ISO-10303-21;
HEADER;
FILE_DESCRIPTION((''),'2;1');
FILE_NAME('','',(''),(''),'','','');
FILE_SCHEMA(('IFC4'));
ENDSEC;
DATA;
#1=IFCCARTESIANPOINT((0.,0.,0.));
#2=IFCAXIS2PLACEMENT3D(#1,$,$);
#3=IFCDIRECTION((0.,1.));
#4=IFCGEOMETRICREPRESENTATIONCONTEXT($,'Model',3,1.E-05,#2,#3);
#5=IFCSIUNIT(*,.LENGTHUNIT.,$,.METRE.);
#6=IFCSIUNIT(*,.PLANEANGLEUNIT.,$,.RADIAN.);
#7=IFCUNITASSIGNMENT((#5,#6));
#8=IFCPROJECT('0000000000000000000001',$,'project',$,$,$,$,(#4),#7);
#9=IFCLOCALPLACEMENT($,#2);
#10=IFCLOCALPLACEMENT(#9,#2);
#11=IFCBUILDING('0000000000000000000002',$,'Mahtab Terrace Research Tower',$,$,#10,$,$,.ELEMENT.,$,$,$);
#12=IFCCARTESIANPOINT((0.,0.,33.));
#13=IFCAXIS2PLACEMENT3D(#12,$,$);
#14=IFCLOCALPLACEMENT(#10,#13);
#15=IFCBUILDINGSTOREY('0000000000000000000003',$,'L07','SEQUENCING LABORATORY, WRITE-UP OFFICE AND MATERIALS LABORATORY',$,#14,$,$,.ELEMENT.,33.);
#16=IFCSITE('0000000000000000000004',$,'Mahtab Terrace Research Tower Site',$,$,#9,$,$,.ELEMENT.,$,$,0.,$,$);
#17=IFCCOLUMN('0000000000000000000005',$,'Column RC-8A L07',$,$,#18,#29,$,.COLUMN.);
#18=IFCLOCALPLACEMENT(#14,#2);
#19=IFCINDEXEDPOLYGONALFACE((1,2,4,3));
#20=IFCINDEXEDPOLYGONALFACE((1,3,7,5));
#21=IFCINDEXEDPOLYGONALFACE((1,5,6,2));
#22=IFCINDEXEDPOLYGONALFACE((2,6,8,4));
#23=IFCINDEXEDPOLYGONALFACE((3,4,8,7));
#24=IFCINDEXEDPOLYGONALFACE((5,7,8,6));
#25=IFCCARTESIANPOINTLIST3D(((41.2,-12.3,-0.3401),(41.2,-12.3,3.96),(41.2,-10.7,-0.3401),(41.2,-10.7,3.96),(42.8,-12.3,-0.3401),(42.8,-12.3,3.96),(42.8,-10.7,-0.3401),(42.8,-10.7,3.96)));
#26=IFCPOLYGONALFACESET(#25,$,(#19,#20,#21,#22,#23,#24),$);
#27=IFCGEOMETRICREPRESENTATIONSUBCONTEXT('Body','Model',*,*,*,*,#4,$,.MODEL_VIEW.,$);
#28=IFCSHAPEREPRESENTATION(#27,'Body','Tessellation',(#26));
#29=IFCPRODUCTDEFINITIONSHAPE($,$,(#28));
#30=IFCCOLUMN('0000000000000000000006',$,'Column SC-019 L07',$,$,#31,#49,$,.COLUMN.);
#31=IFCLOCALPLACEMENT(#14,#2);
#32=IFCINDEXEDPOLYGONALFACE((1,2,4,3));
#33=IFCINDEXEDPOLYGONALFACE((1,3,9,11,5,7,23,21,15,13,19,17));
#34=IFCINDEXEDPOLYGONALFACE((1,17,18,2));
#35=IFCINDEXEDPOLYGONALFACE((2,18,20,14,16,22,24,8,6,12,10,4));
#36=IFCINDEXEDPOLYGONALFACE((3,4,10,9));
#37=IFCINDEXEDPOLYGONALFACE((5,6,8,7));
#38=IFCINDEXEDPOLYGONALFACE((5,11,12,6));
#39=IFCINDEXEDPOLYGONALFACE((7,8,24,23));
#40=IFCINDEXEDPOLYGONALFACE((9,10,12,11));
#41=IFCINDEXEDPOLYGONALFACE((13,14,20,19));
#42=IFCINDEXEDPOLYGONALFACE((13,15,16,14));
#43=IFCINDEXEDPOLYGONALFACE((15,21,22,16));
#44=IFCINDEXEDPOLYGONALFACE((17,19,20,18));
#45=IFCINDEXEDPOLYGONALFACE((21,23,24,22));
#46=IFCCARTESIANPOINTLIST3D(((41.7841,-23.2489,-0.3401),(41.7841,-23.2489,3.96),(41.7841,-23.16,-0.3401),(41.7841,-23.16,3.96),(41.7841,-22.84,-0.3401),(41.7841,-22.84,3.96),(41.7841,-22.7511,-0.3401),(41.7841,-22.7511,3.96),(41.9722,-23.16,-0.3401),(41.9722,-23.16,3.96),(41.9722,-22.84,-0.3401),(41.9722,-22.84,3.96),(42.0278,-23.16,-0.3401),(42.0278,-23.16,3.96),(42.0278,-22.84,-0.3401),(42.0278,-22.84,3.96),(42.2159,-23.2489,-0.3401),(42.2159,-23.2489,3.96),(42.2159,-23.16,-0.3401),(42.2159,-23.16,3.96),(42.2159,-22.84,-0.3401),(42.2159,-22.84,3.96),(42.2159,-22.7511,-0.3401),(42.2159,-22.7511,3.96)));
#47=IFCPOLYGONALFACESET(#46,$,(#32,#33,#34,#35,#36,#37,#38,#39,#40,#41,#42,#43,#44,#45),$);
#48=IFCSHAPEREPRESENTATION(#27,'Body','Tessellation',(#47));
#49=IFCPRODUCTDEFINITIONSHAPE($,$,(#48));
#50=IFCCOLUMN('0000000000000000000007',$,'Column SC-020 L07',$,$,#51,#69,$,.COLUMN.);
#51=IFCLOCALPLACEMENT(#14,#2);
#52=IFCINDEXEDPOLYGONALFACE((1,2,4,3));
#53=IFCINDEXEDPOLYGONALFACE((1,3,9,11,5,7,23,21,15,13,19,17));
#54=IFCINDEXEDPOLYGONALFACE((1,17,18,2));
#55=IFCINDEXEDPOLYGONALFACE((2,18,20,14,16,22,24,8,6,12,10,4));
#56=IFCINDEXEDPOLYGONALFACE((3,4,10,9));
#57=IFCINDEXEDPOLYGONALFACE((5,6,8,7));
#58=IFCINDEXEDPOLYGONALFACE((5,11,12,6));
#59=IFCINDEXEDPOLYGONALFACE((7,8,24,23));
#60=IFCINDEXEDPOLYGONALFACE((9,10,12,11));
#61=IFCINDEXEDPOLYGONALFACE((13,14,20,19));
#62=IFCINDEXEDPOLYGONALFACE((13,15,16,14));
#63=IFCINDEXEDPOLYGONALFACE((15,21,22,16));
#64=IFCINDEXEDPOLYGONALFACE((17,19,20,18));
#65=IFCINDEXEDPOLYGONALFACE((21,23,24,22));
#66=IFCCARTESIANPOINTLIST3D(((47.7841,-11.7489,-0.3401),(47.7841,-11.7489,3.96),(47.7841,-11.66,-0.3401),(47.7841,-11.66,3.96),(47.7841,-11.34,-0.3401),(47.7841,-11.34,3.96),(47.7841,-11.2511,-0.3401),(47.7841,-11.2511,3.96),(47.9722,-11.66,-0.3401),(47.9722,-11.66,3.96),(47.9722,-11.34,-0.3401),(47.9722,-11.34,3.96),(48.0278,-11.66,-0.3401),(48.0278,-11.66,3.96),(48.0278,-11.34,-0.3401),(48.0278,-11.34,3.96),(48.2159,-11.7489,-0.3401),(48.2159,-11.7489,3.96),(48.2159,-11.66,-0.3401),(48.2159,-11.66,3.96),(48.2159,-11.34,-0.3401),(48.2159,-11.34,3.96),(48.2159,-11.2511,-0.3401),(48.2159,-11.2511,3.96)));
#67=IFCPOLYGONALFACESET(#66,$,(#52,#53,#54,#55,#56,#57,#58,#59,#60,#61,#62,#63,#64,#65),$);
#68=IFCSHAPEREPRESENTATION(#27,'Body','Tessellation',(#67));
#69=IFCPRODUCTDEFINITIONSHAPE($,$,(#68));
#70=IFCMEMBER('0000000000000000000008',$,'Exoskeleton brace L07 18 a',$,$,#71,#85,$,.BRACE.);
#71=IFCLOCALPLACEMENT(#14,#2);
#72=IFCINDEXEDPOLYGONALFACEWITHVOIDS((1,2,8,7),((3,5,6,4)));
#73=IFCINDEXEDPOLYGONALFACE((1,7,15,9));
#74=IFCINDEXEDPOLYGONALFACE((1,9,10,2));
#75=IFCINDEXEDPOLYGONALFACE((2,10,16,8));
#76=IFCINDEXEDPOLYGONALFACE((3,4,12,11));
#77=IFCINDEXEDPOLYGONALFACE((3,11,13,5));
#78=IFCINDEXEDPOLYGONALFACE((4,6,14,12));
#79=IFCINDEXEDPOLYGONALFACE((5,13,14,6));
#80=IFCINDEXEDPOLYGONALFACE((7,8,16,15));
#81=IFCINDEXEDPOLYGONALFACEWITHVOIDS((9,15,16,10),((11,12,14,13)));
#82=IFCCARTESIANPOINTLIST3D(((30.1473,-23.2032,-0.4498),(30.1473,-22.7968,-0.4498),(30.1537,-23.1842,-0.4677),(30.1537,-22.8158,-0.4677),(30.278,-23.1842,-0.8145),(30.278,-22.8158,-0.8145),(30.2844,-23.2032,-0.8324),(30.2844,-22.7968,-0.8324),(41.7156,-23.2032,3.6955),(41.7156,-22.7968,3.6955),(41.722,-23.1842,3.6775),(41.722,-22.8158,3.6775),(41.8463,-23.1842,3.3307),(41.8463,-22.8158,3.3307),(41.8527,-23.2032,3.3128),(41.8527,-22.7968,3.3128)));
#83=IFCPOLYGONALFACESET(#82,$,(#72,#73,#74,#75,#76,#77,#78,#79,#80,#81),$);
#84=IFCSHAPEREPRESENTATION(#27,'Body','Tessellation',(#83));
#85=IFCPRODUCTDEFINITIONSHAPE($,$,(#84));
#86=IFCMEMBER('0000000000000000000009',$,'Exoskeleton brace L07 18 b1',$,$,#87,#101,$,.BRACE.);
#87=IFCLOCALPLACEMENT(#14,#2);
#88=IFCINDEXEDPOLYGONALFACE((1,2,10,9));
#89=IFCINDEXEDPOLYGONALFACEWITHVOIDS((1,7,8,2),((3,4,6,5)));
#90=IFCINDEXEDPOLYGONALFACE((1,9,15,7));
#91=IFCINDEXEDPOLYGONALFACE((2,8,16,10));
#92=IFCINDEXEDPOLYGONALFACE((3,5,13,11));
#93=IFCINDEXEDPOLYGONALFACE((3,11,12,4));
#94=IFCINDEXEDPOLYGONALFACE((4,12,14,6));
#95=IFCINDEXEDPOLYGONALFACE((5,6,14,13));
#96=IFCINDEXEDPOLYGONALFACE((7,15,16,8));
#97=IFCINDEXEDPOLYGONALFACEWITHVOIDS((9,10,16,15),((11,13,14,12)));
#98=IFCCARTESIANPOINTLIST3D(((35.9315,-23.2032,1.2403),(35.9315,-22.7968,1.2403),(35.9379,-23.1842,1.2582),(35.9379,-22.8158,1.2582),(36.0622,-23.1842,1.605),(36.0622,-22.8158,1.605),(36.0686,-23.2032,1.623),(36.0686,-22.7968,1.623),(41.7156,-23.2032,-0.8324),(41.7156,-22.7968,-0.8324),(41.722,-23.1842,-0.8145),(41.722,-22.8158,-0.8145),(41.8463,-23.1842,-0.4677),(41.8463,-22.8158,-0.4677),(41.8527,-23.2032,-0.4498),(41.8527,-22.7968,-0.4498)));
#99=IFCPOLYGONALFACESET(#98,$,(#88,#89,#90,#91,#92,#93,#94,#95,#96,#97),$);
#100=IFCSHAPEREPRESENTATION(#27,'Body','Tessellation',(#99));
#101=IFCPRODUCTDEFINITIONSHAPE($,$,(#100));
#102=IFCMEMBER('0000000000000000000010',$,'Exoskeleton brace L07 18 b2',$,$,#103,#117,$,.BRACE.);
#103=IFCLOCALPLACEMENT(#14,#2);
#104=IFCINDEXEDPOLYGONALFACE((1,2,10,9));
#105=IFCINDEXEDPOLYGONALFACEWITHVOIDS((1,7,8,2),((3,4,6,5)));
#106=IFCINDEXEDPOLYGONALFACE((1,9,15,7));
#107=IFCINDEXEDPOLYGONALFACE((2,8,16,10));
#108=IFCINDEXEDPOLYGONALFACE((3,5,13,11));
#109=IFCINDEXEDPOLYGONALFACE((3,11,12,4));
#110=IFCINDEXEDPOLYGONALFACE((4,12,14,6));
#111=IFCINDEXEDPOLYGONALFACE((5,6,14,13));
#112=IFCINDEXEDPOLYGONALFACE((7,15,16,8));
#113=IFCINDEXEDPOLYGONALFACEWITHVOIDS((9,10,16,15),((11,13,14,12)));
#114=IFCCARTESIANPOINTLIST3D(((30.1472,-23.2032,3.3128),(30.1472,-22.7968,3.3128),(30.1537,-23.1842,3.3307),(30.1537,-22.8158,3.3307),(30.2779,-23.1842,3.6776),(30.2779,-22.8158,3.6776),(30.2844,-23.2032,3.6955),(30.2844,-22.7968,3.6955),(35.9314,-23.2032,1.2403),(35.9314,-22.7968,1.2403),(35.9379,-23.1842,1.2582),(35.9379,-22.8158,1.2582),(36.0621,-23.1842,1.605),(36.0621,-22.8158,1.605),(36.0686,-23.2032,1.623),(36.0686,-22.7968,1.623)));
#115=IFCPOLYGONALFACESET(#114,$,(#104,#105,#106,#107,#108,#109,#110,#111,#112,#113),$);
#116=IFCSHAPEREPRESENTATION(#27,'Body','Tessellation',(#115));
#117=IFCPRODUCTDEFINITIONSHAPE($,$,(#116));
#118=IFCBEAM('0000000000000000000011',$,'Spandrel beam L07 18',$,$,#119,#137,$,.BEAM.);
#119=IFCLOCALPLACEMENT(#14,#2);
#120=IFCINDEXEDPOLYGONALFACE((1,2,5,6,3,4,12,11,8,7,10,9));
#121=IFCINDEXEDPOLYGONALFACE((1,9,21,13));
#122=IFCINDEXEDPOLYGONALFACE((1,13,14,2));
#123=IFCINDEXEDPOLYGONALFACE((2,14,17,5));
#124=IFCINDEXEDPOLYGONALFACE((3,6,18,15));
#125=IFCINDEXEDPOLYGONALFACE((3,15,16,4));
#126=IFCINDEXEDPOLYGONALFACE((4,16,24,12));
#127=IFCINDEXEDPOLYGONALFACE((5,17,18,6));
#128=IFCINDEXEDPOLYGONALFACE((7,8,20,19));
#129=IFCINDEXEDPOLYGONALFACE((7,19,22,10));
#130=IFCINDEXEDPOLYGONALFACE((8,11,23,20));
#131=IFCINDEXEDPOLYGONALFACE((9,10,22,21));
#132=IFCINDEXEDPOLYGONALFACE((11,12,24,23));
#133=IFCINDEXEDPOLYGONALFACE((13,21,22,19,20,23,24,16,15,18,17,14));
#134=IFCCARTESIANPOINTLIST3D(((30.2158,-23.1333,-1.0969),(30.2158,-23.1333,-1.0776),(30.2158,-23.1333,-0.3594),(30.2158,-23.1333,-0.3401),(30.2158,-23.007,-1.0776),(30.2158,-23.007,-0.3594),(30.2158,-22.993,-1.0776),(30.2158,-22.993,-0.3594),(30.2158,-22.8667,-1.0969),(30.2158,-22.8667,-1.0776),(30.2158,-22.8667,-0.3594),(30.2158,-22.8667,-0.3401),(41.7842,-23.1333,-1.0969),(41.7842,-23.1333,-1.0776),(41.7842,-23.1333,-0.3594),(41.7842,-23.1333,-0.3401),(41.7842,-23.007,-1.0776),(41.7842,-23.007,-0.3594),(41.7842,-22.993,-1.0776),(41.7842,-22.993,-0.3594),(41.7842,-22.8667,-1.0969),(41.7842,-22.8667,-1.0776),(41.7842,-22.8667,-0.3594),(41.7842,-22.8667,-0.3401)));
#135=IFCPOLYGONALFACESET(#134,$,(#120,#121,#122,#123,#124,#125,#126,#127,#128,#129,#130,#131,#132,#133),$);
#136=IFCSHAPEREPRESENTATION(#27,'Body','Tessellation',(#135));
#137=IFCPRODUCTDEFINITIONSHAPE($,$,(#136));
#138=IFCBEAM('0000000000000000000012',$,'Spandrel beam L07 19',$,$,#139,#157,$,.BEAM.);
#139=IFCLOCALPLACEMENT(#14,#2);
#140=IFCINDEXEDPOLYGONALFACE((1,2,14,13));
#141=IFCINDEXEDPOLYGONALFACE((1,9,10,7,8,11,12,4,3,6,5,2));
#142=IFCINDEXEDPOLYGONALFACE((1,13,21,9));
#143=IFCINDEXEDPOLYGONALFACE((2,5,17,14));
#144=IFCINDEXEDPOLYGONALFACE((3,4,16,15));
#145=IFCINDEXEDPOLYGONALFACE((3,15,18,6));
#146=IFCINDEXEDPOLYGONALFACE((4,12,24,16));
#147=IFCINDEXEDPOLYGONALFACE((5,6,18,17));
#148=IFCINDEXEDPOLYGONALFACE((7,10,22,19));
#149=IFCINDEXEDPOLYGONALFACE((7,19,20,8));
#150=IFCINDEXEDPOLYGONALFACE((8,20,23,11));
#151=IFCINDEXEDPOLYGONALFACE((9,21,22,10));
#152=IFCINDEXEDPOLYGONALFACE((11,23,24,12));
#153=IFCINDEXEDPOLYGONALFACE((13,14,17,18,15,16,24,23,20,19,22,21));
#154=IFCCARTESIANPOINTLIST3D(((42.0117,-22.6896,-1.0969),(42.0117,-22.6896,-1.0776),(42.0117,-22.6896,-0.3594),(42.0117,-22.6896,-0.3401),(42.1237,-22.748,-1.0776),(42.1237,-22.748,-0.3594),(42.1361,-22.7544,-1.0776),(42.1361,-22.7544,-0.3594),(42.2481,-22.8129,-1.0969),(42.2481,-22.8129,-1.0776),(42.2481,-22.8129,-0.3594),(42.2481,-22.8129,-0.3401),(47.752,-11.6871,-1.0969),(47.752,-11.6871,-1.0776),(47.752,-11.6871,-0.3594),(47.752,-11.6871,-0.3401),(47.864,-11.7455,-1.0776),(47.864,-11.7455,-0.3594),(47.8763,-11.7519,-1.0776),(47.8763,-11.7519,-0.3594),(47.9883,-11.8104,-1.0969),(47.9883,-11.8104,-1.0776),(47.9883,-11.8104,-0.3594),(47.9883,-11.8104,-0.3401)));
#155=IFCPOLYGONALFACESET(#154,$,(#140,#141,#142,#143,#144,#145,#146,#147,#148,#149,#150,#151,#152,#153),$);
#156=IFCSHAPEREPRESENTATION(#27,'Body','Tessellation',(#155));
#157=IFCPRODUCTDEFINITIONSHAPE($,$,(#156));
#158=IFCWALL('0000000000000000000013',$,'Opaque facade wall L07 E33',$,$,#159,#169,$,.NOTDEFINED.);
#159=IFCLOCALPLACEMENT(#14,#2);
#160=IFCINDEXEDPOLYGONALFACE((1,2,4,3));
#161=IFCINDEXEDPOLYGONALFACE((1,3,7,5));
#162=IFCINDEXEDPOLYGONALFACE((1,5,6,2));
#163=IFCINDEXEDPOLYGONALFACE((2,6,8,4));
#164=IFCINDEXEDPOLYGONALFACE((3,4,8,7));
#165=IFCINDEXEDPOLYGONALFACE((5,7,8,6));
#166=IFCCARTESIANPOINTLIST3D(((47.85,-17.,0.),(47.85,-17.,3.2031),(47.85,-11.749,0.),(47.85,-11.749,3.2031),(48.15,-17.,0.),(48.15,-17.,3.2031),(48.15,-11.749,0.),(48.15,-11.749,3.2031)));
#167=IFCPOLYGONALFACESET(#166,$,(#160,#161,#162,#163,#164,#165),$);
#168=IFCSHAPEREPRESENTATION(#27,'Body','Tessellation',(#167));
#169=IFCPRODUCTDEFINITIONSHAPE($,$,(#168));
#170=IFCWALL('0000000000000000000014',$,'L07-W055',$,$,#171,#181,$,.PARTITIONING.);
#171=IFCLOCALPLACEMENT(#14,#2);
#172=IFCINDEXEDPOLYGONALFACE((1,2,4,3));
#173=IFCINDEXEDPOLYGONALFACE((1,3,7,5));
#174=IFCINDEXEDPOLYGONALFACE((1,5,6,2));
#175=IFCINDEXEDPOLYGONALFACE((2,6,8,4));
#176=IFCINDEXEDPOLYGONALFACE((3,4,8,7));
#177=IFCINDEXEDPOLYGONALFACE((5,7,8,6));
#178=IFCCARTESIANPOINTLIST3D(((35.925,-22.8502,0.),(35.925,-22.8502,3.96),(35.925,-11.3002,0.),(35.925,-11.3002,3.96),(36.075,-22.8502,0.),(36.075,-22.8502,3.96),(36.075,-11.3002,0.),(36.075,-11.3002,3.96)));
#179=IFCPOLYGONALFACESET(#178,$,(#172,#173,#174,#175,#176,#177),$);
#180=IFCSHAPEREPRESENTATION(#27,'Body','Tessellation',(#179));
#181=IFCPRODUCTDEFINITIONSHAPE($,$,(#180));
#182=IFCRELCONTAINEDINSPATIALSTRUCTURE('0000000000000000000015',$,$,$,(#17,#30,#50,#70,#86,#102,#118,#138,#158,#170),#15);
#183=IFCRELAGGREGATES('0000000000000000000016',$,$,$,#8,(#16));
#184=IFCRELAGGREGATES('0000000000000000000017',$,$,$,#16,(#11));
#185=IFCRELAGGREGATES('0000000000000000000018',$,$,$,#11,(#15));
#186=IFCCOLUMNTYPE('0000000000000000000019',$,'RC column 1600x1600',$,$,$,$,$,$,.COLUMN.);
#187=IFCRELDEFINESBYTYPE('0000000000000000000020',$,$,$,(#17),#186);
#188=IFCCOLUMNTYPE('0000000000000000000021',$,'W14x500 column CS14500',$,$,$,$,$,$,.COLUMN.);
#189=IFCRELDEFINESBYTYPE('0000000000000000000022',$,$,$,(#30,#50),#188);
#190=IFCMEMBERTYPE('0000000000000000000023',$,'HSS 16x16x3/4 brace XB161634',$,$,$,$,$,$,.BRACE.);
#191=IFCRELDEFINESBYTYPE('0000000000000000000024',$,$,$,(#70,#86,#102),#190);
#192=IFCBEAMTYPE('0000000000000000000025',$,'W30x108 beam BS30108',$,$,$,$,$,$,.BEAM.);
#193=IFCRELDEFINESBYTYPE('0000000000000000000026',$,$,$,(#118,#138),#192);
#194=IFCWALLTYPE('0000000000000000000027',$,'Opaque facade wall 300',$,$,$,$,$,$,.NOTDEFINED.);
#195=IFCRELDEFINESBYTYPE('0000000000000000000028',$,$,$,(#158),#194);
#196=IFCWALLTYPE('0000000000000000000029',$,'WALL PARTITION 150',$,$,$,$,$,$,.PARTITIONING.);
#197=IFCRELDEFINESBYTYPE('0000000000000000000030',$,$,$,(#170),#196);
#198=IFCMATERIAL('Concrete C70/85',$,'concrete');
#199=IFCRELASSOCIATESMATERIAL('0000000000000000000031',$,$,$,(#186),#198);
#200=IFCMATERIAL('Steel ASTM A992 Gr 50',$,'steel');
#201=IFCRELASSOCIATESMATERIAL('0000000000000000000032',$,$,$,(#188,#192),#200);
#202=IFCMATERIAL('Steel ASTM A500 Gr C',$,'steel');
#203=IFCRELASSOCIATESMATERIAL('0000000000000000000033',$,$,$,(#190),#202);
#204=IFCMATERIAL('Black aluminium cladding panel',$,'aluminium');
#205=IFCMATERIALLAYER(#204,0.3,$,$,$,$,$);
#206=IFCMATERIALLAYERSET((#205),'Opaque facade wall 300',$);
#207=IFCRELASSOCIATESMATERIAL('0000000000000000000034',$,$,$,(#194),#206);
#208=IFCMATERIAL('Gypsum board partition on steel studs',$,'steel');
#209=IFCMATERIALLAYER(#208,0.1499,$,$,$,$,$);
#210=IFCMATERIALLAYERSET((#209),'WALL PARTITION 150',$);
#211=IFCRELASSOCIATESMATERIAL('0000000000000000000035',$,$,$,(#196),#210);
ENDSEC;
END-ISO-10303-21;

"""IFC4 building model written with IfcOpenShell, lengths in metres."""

from ifc_helpers import new_model, si_unit, direction, frame, frame_2d, origin, origin_2d, place, context, subcontext, project, spatial, rectangle, hollow_rectangle, i_section, extrude, material, layer, layer_set, material_profile, profile_set, type_object, element, save


model = new_model("IFC4")

# Units and contexts
model_context = context("Model", 3, precision=1e-05, world=origin(), true_north=direction((0.0, 1.0)))
body_context = subcontext(model_context, "Body", "Model", "MODEL_VIEW")
ifc_project = project(units=[si_unit("LENGTHUNIT", "METRE"), si_unit("PLANEANGLEUNIT", "RADIAN")], contexts=[model_context])

# Site, building, storey
site_placement = place(None, origin())
site = spatial("IfcSite", under=ifc_project, at=site_placement, Name="Mahtab Terrace Research Tower Site", CompositionType="ELEMENT", RefElevation=0.0)
building_placement = place(site_placement, origin())
building = spatial("IfcBuilding", under=site, at=building_placement, Name="Mahtab Terrace Research Tower", CompositionType="ELEMENT")
storey_placement = place(building_placement, frame((0.0, 0.0, 33.0)))
storey = spatial("IfcBuildingStorey", under=building, at=storey_placement, Name="L07", Description="SEQUENCING LABORATORY, WRITE-UP OFFICE AND MATERIALS LABORATORY", CompositionType="ELEMENT", Elevation=33.0)

# Columns
ifc_material_1 = material(Name="Concrete C70/85", Category="concrete")
ifc_material_profile_1 = material_profile(ifc_material_1, rectangle(XDim=1.6001, YDim=1.6001, at=origin_2d()), Name="RC column 1600x1600")
ifc_profile_set_1 = profile_set([ifc_material_profile_1], Name="Concrete C70/85")
column_type_1 = type_object("IfcColumnType", Name="RC column 1600x1600", PredefinedType="COLUMN", material=ifc_profile_set_1)
column_placement = place(storey_placement, frame((42.0, -11.5, -0.3401), z_axis=(0.0, 0.0, 1.0), x_axis=(1.0, 0.0, 0.0)))
element("IfcColumn", 1, at=column_placement, inside=storey, type_object=column_type_1, Name="Column RC-8A L07", PredefinedType="COLUMN", context=body_context, shape_type="SweptSolid", body=[
    extrude(rectangle(XDim=1.6001, YDim=1.6001, at=origin_2d()), origin(), (0.0, 0.0, 1.0), 4.3),
])
ifc_material_2 = material(Name="Steel ASTM A992 Gr 50", Category="steel")
ifc_material_profile_2 = material_profile(ifc_material_2, i_section(OverallWidth=0.4319, OverallDepth=0.4978, WebThickness=0.0557, FlangeThickness=0.0889, at=origin_2d()), Name="W14X500")
ifc_profile_set_2 = profile_set([ifc_material_profile_2], Name="Steel ASTM A992 Gr 50")
column_type_2 = type_object("IfcColumnType", Name="W14x500 column CS14500", PredefinedType="COLUMN", material=ifc_profile_set_2)
for number, where, z_axis, x_axis, name in (
    (2, (42.0, -23.0, -0.3401), (0.0, 0.0, 1.0), (1.0, 0.0, 0.0), "Column SC-019 L07"),
    (3, (48.0, -11.5, -0.3401), (0.0, 0.0, 1.0), (1.0, 0.0, 0.0), "Column SC-020 L07"),
):
    element("IfcColumn", number, at=place(storey_placement, frame(where, z_axis=z_axis, x_axis=x_axis)), inside=storey, type_object=column_type_2, Name=name, PredefinedType="COLUMN", context=body_context, shape_type="SweptSolid", body=[
        extrude(i_section(OverallWidth=0.4319, OverallDepth=0.4978, WebThickness=0.0557, FlangeThickness=0.0889, at=origin_2d()), origin(), (0.0, 0.0, 1.0), 4.3),
    ])

# Members
ifc_material_3 = material(Name="Steel ASTM A500 Gr C", Category="steel")
ifc_material_profile_3 = material_profile(ifc_material_3, hollow_rectangle(XDim=0.4065, YDim=0.4065, WallThickness=0.019, at=origin_2d()), Name="HSS16X16X3/4")
ifc_profile_set_3 = profile_set([ifc_material_profile_3], Name="Steel ASTM A500 Gr C")
member_type = type_object("IfcMemberType", Name="HSS 16x16x3/4 brace XB161634", PredefinedType="BRACE", material=ifc_profile_set_3)
member_placement = place(storey_placement, frame((30.2158, -23.0, -0.6411), z_axis=(0.941388, 0.0, 0.337325), x_axis=(0.0, 1.0, 0.0)))
element("IfcMember", 4, at=member_placement, inside=storey, type_object=member_type, Name="Exoskeleton brace L07 18 a", PredefinedType="BRACE", context=body_context, shape_type="SweptSolid", body=[
    extrude(hollow_rectangle(XDim=0.4065, YDim=0.4065, WallThickness=0.019, at=origin_2d()), origin(), (0.0, 0.0, 1.0), 12.2886),
])
for number, where, z_axis, x_axis, name in (
    (5, (41.7842, -23.0, -0.6411), (-0.941382, 0.0, 0.337343), (0.0, -1.0, 0.0), "Exoskeleton brace L07 18 b1"),
    (6, (36.0, -23.0, 1.4316), (-0.941394, 0.0, 0.337308), (0.0, -1.0, 0.0), "Exoskeleton brace L07 18 b2"),
):
    element("IfcMember", number, at=place(storey_placement, frame(where, z_axis=z_axis, x_axis=x_axis)), inside=storey, type_object=member_type, Name=name, PredefinedType="BRACE", context=body_context, shape_type="SweptSolid", body=[
        extrude(hollow_rectangle(XDim=0.4065, YDim=0.4065, WallThickness=0.019, at=origin_2d()), origin(), (0.0, 0.0, 1.0), 6.1443),
    ])

# Beams
ifc_material_profile_4 = material_profile(ifc_material_2, i_section(OverallWidth=0.2666, OverallDepth=0.7568, WebThickness=0.0139, FlangeThickness=0.0193, at=origin_2d()), Name="W30X108")
ifc_profile_set_4 = profile_set([ifc_material_profile_4], Name="Steel ASTM A992 Gr 50")
beam_type = type_object("IfcBeamType", Name="W30x108 beam BS30108", PredefinedType="BEAM", material=ifc_profile_set_4)
beam_1_placement = place(storey_placement, frame((30.2158, -23.0, -0.7185), z_axis=(1.0, 0.0, 0.0), x_axis=(0.0, 1.0, 0.0)))
element("IfcBeam", 7, at=beam_1_placement, inside=storey, type_object=beam_type, Name="Spandrel beam L07 18", PredefinedType="BEAM", context=body_context, shape_type="SweptSolid", body=[
    extrude(i_section(OverallWidth=0.2666, OverallDepth=0.7568, WebThickness=0.0139, FlangeThickness=0.0193, at=origin_2d()), origin(), (0.0, 0.0, 1.0), 11.5684),
])
beam_2_placement = place(storey_placement, frame((42.1299, -22.7512, -0.7185), z_axis=(0.462555, 0.88659, 0.0), x_axis=(-0.88659, 0.462555, 0.0)))
element("IfcBeam", 8, at=beam_2_placement, inside=storey, type_object=beam_type, Name="Spandrel beam L07 19", PredefinedType="BEAM", context=body_context, shape_type="SweptSolid", body=[
    extrude(i_section(OverallWidth=0.2666, OverallDepth=0.7568, WebThickness=0.0139, FlangeThickness=0.0193, at=origin_2d()), origin(), (0.0, 0.0, 1.0), 12.4099),
])

# Walls
ifc_material_4 = material(Name="Black aluminium cladding panel", Category="aluminium")
ifc_layer_1 = layer(ifc_material_4, 0.3)
ifc_layer_set_1 = layer_set([ifc_layer_1], Name="Opaque facade wall 300")
wall_type_1 = type_object("IfcWallType", Name="Opaque facade wall 300", PredefinedType="NOTDEFINED", material=ifc_layer_set_1)
wall_1_placement = place(storey_placement, frame((48.0, -17.0, 0.0), z_axis=(0.0, 0.0, 1.0), x_axis=(0.0, 1.0, 0.0)))
element("IfcWall", 9, at=wall_1_placement, inside=storey, type_object=wall_type_1, Name="Opaque facade wall L07 E33", PredefinedType="NOTDEFINED", context=body_context, shape_type="SweptSolid", body=[
    extrude(rectangle(XDim=5.251, YDim=0.3, at=frame_2d((2.6255, 0.0))), origin(), (0.0, 0.0, 1.0), 3.2031),
])
ifc_material_5 = material(Name="Gypsum board partition on steel studs", Category="steel")
ifc_layer_2 = layer(ifc_material_5, 0.1499)
ifc_layer_set_2 = layer_set([ifc_layer_2], Name="WALL PARTITION 150")
wall_type_2 = type_object("IfcWallType", Name="WALL PARTITION 150", PredefinedType="PARTITIONING", material=ifc_layer_set_2)
wall_2_placement = place(storey_placement, frame((36.0, -22.8501, 0.0), z_axis=(0.0, 0.0, 1.0), x_axis=(0.0, 1.0, 0.0)))
element("IfcWall", 10, at=wall_2_placement, inside=storey, type_object=wall_type_2, Name="L07-W055", PredefinedType="PARTITIONING", context=body_context, shape_type="SweptSolid", body=[
    extrude(rectangle(XDim=11.55, YDim=0.1499, at=frame_2d((5.7749, 0.0))), origin(), (0.0, 0.0, 1.0), 3.96),
])

save(model, "model.ifc")
